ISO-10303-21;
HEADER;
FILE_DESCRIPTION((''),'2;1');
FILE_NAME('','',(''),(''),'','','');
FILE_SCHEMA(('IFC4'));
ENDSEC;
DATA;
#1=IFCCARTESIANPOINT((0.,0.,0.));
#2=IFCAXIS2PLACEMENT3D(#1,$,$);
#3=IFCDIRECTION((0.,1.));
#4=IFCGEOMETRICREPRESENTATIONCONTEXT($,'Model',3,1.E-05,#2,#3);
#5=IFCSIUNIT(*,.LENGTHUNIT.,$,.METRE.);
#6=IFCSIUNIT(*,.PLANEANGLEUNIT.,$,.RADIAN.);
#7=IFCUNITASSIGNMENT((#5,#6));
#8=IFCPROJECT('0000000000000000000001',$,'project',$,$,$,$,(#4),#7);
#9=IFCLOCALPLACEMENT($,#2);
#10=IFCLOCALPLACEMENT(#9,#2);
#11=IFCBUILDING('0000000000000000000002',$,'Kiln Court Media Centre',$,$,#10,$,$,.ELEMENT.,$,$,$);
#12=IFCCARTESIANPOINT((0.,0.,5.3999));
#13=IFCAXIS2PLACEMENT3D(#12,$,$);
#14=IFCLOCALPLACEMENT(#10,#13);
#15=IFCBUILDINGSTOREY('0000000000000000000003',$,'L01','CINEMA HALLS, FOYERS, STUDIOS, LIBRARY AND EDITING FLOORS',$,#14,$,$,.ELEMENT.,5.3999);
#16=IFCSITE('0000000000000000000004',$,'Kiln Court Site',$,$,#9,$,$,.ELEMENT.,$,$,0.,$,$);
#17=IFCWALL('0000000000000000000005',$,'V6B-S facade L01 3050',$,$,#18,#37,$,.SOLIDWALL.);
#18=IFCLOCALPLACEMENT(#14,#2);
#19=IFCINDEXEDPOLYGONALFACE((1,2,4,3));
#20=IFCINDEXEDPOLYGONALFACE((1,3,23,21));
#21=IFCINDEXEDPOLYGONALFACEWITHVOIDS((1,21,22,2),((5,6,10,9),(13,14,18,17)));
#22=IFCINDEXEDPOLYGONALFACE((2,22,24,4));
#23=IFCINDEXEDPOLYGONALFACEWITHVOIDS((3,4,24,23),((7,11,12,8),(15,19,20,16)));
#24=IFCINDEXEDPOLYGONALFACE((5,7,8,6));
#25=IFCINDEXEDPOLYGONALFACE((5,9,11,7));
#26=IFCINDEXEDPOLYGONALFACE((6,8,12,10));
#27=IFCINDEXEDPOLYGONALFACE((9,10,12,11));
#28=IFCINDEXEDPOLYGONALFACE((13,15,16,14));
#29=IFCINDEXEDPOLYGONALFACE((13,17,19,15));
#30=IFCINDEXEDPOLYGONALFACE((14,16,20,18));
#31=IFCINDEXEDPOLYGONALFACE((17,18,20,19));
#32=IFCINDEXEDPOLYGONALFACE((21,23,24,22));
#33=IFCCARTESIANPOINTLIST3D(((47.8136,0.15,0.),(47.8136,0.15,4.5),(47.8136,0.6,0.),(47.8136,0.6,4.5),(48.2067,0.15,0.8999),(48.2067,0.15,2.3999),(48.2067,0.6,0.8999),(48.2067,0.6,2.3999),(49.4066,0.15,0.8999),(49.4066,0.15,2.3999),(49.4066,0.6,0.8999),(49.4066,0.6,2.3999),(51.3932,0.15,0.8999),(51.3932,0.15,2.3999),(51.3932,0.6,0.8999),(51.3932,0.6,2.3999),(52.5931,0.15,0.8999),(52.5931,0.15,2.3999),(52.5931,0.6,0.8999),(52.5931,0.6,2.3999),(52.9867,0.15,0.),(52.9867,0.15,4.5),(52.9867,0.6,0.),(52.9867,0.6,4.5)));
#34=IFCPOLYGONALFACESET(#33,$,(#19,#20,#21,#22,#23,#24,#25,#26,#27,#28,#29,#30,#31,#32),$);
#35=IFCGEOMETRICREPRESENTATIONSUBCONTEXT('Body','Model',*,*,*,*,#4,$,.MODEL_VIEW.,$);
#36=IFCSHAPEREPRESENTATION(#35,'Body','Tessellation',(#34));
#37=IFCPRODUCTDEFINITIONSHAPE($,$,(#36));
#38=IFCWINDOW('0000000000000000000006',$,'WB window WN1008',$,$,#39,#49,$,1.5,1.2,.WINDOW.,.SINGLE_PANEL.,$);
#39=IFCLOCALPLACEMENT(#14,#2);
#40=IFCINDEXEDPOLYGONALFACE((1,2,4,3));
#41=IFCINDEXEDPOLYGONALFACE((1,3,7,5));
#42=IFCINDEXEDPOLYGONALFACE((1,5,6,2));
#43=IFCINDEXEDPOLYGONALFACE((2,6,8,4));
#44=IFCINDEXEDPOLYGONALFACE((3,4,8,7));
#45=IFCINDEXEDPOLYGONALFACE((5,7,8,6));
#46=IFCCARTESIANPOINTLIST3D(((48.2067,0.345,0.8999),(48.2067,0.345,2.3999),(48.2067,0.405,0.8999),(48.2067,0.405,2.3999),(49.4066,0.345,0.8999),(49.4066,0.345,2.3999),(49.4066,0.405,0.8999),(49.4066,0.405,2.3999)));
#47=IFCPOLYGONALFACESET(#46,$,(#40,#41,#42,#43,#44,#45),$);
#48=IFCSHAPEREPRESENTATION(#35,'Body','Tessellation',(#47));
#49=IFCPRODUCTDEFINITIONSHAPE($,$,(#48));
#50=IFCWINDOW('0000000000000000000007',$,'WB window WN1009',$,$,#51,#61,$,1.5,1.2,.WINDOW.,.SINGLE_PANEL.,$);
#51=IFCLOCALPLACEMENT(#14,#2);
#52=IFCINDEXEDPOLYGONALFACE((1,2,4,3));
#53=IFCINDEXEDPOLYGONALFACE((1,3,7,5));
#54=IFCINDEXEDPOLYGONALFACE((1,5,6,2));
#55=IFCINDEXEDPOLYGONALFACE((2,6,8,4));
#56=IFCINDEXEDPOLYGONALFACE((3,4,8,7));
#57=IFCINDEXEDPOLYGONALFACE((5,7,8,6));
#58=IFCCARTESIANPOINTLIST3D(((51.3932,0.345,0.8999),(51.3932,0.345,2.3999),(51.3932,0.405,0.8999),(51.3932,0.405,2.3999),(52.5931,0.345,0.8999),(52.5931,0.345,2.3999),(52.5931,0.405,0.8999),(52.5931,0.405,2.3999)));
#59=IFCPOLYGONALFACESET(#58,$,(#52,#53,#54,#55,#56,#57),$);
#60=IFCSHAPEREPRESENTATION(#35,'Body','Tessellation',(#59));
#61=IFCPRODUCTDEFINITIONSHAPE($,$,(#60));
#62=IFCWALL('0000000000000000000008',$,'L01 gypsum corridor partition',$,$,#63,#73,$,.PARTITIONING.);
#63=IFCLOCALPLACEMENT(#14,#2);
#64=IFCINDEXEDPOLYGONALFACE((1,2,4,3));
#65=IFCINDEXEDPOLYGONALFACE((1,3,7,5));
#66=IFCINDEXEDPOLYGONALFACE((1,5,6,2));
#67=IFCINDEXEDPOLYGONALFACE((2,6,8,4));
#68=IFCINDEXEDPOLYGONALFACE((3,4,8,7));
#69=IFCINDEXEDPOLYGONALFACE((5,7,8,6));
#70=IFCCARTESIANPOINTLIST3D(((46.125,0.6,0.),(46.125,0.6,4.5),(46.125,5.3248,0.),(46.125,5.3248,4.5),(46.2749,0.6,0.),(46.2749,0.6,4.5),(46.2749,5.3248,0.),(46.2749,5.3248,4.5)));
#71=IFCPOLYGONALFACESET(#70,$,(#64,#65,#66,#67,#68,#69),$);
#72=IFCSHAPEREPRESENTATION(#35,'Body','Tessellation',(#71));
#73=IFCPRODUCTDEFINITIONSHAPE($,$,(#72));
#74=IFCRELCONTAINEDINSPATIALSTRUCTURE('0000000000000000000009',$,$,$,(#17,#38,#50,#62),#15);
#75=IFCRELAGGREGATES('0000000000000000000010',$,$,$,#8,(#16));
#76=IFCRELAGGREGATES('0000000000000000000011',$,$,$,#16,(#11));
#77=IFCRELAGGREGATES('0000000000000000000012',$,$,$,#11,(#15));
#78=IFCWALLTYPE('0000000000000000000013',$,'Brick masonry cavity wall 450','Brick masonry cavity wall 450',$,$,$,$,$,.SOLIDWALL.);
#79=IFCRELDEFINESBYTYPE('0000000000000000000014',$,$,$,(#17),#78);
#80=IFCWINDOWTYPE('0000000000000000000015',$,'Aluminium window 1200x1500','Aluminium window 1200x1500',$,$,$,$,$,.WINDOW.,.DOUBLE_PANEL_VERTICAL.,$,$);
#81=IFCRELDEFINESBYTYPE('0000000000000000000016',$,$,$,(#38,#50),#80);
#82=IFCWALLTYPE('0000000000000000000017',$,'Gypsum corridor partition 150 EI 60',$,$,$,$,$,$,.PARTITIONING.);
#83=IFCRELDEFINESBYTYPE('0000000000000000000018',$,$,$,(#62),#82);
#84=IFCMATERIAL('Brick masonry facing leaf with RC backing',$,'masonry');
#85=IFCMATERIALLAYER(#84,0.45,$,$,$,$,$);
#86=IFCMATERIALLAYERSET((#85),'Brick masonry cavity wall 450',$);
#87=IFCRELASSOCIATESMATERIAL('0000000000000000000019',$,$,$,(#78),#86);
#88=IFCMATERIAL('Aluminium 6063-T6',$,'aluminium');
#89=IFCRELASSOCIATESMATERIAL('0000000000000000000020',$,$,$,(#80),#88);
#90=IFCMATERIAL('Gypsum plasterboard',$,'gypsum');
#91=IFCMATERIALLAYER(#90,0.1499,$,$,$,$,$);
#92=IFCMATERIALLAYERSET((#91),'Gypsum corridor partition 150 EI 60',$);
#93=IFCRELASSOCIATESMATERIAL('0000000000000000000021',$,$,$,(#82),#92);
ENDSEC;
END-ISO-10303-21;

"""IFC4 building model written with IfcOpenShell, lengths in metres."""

from ifc_helpers import new_model, si_unit, direction, frame, frame_2d, origin, place, context, subcontext, project, spatial, rectangle, extrude, material, layer, layer_set, type_object, element, fill, save


model = new_model("IFC4")

# Units and contexts
model_context = context("Model", 3, precision=1e-05, world=origin(), true_north=direction((0.0, 1.0)))
body_context = subcontext(model_context, "Body", "Model", "MODEL_VIEW")
ifc_project = project(units=[si_unit("LENGTHUNIT", "METRE"), si_unit("PLANEANGLEUNIT", "RADIAN")], contexts=[model_context])

# Site, building, storey
site_placement = place(None, origin())
site = spatial("IfcSite", under=ifc_project, at=site_placement, Name="Kiln Court Site", CompositionType="ELEMENT", RefElevation=0.0)
building_placement = place(site_placement, origin())
building = spatial("IfcBuilding", under=site, at=building_placement, Name="Kiln Court Media Centre", CompositionType="ELEMENT")
storey_placement = place(building_placement, frame((0.0, 0.0, 5.3999)))
storey = spatial("IfcBuildingStorey", under=building, at=storey_placement, Name="L01", Description="CINEMA HALLS, FOYERS, STUDIOS, LIBRARY AND EDITING FLOORS", CompositionType="ELEMENT", Elevation=5.3999)

# Wall, openings, windows
ifc_material_1 = material(Name="Brick masonry facing leaf with RC backing", Category="masonry")
ifc_layer_1 = layer(ifc_material_1, 0.45)
ifc_layer_set_1 = layer_set([ifc_layer_1], Name="Brick masonry cavity wall 450")
wall_type_1 = type_object("IfcWallType", Name="Brick masonry cavity wall 450", Description="Brick masonry cavity wall 450", PredefinedType="SOLIDWALL", material=ifc_layer_set_1)
wall_1_placement = place(storey_placement, frame((52.9866, 0.375, 0.0), z_axis=(0.0, 0.0, 1.0), x_axis=(-1.0, 0.0, 0.0)))
wall_1 = element("IfcWall", 1, at=wall_1_placement, inside=storey, type_object=wall_type_1, Name="V6B-S facade L01 3050", PredefinedType="SOLIDWALL", context=body_context, shape_type="SweptSolid", body=[
    extrude(rectangle(XDim=5.1731, YDim=0.45, at=frame_2d((2.5864, 0.0))), origin(), (0.0, 0.0, 1.0), 4.5),
])
opening_1_placement = place(wall_1_placement, frame((3.5798, 0.0, 0.8999)))
opening_1 = element("IfcOpeningElement", 2, at=opening_1_placement, cuts=wall_1, PredefinedType="OPENING", context=body_context, shape_type="SweptSolid", body=[
    extrude(rectangle(XDim=1.2, YDim=1.5, at=frame_2d((0.6001, 0.75))), frame((0.0, 0.2349, 0.0), z_axis=(0.0, -1.0, 0.0), x_axis=(1.0, 0.0, 0.0)), (0.0, 0.0, 1.0), 0.47),
])
opening_2_placement = place(wall_1_placement, frame((0.3933, 0.0, 0.8999)))
opening_2 = element("IfcOpeningElement", 3, at=opening_2_placement, cuts=wall_1, PredefinedType="OPENING", context=body_context, shape_type="SweptSolid", body=[
    extrude(rectangle(XDim=1.2, YDim=1.5, at=frame_2d((0.6001, 0.75))), frame((0.0, 0.2349, 0.0), z_axis=(0.0, -1.0, 0.0), x_axis=(1.0, 0.0, 0.0)), (0.0, 0.0, 1.0), 0.47),
])
ifc_material_2 = material(Name="Aluminium 6063-T6", Category="aluminium")
window_type = type_object("IfcWindowType", Name="Aluminium window 1200x1500", Description="Aluminium window 1200x1500", PartitioningType="DOUBLE_PANEL_VERTICAL", PredefinedType="WINDOW", material=ifc_material_2)
window_1_placement = place(opening_1_placement, origin())
window_1 = element("IfcWindow", 4, at=window_1_placement, inside=storey, type_object=window_type, Name="WB window WN1008", OverallHeight=1.5, OverallWidth=1.2, PartitioningType="SINGLE_PANEL", PredefinedType="WINDOW", context=body_context, shape_type="SweptSolid", body=[
    extrude(rectangle(XDim=1.2, YDim=1.5, at=frame_2d((0.6001, 0.75))), frame((0.0, 0.03, 0.0), z_axis=(0.0, -1.0, 0.0), x_axis=(1.0, 0.0, 0.0)), (0.0, 0.0, 1.0), 0.0601),
])
fill(opening_1, window_1)
window_2_placement = place(opening_2_placement, origin())
window_2 = element("IfcWindow", 5, at=window_2_placement, inside=storey, type_object=window_type, Name="WB window WN1009", OverallHeight=1.5, OverallWidth=1.2, PartitioningType="SINGLE_PANEL", PredefinedType="WINDOW", context=body_context, shape_type="SweptSolid", body=[
    extrude(rectangle(XDim=1.2, YDim=1.5, at=frame_2d((0.6001, 0.75))), frame((0.0, 0.03, 0.0), z_axis=(0.0, -1.0, 0.0), x_axis=(1.0, 0.0, 0.0)), (0.0, 0.0, 1.0), 0.0601),
])
fill(opening_2, window_2)

# Wall
ifc_material_3 = material(Name="Gypsum plasterboard", Category="gypsum")
ifc_layer_2 = layer(ifc_material_3, 0.1499)
ifc_layer_set_2 = layer_set([ifc_layer_2], Name="Gypsum corridor partition 150 EI 60")
wall_type_2 = type_object("IfcWallType", Name="Gypsum corridor partition 150 EI 60", PredefinedType="PARTITIONING", material=ifc_layer_set_2)
wall_2_placement = place(storey_placement, frame((46.2, 0.6001, 0.0), z_axis=(0.0, 0.0, 1.0), x_axis=(0.0, 1.0, 0.0)))
element("IfcWall", 6, at=wall_2_placement, inside=storey, type_object=wall_type_2, Name="L01 gypsum corridor partition", PredefinedType="PARTITIONING", context=body_context, shape_type="SweptSolid", body=[
    extrude(rectangle(XDim=4.7249, YDim=0.1499, at=frame_2d((2.3623, 0.0))), origin(), (0.0, 0.0, 1.0), 4.5),
])

save(model, "model.ifc")
